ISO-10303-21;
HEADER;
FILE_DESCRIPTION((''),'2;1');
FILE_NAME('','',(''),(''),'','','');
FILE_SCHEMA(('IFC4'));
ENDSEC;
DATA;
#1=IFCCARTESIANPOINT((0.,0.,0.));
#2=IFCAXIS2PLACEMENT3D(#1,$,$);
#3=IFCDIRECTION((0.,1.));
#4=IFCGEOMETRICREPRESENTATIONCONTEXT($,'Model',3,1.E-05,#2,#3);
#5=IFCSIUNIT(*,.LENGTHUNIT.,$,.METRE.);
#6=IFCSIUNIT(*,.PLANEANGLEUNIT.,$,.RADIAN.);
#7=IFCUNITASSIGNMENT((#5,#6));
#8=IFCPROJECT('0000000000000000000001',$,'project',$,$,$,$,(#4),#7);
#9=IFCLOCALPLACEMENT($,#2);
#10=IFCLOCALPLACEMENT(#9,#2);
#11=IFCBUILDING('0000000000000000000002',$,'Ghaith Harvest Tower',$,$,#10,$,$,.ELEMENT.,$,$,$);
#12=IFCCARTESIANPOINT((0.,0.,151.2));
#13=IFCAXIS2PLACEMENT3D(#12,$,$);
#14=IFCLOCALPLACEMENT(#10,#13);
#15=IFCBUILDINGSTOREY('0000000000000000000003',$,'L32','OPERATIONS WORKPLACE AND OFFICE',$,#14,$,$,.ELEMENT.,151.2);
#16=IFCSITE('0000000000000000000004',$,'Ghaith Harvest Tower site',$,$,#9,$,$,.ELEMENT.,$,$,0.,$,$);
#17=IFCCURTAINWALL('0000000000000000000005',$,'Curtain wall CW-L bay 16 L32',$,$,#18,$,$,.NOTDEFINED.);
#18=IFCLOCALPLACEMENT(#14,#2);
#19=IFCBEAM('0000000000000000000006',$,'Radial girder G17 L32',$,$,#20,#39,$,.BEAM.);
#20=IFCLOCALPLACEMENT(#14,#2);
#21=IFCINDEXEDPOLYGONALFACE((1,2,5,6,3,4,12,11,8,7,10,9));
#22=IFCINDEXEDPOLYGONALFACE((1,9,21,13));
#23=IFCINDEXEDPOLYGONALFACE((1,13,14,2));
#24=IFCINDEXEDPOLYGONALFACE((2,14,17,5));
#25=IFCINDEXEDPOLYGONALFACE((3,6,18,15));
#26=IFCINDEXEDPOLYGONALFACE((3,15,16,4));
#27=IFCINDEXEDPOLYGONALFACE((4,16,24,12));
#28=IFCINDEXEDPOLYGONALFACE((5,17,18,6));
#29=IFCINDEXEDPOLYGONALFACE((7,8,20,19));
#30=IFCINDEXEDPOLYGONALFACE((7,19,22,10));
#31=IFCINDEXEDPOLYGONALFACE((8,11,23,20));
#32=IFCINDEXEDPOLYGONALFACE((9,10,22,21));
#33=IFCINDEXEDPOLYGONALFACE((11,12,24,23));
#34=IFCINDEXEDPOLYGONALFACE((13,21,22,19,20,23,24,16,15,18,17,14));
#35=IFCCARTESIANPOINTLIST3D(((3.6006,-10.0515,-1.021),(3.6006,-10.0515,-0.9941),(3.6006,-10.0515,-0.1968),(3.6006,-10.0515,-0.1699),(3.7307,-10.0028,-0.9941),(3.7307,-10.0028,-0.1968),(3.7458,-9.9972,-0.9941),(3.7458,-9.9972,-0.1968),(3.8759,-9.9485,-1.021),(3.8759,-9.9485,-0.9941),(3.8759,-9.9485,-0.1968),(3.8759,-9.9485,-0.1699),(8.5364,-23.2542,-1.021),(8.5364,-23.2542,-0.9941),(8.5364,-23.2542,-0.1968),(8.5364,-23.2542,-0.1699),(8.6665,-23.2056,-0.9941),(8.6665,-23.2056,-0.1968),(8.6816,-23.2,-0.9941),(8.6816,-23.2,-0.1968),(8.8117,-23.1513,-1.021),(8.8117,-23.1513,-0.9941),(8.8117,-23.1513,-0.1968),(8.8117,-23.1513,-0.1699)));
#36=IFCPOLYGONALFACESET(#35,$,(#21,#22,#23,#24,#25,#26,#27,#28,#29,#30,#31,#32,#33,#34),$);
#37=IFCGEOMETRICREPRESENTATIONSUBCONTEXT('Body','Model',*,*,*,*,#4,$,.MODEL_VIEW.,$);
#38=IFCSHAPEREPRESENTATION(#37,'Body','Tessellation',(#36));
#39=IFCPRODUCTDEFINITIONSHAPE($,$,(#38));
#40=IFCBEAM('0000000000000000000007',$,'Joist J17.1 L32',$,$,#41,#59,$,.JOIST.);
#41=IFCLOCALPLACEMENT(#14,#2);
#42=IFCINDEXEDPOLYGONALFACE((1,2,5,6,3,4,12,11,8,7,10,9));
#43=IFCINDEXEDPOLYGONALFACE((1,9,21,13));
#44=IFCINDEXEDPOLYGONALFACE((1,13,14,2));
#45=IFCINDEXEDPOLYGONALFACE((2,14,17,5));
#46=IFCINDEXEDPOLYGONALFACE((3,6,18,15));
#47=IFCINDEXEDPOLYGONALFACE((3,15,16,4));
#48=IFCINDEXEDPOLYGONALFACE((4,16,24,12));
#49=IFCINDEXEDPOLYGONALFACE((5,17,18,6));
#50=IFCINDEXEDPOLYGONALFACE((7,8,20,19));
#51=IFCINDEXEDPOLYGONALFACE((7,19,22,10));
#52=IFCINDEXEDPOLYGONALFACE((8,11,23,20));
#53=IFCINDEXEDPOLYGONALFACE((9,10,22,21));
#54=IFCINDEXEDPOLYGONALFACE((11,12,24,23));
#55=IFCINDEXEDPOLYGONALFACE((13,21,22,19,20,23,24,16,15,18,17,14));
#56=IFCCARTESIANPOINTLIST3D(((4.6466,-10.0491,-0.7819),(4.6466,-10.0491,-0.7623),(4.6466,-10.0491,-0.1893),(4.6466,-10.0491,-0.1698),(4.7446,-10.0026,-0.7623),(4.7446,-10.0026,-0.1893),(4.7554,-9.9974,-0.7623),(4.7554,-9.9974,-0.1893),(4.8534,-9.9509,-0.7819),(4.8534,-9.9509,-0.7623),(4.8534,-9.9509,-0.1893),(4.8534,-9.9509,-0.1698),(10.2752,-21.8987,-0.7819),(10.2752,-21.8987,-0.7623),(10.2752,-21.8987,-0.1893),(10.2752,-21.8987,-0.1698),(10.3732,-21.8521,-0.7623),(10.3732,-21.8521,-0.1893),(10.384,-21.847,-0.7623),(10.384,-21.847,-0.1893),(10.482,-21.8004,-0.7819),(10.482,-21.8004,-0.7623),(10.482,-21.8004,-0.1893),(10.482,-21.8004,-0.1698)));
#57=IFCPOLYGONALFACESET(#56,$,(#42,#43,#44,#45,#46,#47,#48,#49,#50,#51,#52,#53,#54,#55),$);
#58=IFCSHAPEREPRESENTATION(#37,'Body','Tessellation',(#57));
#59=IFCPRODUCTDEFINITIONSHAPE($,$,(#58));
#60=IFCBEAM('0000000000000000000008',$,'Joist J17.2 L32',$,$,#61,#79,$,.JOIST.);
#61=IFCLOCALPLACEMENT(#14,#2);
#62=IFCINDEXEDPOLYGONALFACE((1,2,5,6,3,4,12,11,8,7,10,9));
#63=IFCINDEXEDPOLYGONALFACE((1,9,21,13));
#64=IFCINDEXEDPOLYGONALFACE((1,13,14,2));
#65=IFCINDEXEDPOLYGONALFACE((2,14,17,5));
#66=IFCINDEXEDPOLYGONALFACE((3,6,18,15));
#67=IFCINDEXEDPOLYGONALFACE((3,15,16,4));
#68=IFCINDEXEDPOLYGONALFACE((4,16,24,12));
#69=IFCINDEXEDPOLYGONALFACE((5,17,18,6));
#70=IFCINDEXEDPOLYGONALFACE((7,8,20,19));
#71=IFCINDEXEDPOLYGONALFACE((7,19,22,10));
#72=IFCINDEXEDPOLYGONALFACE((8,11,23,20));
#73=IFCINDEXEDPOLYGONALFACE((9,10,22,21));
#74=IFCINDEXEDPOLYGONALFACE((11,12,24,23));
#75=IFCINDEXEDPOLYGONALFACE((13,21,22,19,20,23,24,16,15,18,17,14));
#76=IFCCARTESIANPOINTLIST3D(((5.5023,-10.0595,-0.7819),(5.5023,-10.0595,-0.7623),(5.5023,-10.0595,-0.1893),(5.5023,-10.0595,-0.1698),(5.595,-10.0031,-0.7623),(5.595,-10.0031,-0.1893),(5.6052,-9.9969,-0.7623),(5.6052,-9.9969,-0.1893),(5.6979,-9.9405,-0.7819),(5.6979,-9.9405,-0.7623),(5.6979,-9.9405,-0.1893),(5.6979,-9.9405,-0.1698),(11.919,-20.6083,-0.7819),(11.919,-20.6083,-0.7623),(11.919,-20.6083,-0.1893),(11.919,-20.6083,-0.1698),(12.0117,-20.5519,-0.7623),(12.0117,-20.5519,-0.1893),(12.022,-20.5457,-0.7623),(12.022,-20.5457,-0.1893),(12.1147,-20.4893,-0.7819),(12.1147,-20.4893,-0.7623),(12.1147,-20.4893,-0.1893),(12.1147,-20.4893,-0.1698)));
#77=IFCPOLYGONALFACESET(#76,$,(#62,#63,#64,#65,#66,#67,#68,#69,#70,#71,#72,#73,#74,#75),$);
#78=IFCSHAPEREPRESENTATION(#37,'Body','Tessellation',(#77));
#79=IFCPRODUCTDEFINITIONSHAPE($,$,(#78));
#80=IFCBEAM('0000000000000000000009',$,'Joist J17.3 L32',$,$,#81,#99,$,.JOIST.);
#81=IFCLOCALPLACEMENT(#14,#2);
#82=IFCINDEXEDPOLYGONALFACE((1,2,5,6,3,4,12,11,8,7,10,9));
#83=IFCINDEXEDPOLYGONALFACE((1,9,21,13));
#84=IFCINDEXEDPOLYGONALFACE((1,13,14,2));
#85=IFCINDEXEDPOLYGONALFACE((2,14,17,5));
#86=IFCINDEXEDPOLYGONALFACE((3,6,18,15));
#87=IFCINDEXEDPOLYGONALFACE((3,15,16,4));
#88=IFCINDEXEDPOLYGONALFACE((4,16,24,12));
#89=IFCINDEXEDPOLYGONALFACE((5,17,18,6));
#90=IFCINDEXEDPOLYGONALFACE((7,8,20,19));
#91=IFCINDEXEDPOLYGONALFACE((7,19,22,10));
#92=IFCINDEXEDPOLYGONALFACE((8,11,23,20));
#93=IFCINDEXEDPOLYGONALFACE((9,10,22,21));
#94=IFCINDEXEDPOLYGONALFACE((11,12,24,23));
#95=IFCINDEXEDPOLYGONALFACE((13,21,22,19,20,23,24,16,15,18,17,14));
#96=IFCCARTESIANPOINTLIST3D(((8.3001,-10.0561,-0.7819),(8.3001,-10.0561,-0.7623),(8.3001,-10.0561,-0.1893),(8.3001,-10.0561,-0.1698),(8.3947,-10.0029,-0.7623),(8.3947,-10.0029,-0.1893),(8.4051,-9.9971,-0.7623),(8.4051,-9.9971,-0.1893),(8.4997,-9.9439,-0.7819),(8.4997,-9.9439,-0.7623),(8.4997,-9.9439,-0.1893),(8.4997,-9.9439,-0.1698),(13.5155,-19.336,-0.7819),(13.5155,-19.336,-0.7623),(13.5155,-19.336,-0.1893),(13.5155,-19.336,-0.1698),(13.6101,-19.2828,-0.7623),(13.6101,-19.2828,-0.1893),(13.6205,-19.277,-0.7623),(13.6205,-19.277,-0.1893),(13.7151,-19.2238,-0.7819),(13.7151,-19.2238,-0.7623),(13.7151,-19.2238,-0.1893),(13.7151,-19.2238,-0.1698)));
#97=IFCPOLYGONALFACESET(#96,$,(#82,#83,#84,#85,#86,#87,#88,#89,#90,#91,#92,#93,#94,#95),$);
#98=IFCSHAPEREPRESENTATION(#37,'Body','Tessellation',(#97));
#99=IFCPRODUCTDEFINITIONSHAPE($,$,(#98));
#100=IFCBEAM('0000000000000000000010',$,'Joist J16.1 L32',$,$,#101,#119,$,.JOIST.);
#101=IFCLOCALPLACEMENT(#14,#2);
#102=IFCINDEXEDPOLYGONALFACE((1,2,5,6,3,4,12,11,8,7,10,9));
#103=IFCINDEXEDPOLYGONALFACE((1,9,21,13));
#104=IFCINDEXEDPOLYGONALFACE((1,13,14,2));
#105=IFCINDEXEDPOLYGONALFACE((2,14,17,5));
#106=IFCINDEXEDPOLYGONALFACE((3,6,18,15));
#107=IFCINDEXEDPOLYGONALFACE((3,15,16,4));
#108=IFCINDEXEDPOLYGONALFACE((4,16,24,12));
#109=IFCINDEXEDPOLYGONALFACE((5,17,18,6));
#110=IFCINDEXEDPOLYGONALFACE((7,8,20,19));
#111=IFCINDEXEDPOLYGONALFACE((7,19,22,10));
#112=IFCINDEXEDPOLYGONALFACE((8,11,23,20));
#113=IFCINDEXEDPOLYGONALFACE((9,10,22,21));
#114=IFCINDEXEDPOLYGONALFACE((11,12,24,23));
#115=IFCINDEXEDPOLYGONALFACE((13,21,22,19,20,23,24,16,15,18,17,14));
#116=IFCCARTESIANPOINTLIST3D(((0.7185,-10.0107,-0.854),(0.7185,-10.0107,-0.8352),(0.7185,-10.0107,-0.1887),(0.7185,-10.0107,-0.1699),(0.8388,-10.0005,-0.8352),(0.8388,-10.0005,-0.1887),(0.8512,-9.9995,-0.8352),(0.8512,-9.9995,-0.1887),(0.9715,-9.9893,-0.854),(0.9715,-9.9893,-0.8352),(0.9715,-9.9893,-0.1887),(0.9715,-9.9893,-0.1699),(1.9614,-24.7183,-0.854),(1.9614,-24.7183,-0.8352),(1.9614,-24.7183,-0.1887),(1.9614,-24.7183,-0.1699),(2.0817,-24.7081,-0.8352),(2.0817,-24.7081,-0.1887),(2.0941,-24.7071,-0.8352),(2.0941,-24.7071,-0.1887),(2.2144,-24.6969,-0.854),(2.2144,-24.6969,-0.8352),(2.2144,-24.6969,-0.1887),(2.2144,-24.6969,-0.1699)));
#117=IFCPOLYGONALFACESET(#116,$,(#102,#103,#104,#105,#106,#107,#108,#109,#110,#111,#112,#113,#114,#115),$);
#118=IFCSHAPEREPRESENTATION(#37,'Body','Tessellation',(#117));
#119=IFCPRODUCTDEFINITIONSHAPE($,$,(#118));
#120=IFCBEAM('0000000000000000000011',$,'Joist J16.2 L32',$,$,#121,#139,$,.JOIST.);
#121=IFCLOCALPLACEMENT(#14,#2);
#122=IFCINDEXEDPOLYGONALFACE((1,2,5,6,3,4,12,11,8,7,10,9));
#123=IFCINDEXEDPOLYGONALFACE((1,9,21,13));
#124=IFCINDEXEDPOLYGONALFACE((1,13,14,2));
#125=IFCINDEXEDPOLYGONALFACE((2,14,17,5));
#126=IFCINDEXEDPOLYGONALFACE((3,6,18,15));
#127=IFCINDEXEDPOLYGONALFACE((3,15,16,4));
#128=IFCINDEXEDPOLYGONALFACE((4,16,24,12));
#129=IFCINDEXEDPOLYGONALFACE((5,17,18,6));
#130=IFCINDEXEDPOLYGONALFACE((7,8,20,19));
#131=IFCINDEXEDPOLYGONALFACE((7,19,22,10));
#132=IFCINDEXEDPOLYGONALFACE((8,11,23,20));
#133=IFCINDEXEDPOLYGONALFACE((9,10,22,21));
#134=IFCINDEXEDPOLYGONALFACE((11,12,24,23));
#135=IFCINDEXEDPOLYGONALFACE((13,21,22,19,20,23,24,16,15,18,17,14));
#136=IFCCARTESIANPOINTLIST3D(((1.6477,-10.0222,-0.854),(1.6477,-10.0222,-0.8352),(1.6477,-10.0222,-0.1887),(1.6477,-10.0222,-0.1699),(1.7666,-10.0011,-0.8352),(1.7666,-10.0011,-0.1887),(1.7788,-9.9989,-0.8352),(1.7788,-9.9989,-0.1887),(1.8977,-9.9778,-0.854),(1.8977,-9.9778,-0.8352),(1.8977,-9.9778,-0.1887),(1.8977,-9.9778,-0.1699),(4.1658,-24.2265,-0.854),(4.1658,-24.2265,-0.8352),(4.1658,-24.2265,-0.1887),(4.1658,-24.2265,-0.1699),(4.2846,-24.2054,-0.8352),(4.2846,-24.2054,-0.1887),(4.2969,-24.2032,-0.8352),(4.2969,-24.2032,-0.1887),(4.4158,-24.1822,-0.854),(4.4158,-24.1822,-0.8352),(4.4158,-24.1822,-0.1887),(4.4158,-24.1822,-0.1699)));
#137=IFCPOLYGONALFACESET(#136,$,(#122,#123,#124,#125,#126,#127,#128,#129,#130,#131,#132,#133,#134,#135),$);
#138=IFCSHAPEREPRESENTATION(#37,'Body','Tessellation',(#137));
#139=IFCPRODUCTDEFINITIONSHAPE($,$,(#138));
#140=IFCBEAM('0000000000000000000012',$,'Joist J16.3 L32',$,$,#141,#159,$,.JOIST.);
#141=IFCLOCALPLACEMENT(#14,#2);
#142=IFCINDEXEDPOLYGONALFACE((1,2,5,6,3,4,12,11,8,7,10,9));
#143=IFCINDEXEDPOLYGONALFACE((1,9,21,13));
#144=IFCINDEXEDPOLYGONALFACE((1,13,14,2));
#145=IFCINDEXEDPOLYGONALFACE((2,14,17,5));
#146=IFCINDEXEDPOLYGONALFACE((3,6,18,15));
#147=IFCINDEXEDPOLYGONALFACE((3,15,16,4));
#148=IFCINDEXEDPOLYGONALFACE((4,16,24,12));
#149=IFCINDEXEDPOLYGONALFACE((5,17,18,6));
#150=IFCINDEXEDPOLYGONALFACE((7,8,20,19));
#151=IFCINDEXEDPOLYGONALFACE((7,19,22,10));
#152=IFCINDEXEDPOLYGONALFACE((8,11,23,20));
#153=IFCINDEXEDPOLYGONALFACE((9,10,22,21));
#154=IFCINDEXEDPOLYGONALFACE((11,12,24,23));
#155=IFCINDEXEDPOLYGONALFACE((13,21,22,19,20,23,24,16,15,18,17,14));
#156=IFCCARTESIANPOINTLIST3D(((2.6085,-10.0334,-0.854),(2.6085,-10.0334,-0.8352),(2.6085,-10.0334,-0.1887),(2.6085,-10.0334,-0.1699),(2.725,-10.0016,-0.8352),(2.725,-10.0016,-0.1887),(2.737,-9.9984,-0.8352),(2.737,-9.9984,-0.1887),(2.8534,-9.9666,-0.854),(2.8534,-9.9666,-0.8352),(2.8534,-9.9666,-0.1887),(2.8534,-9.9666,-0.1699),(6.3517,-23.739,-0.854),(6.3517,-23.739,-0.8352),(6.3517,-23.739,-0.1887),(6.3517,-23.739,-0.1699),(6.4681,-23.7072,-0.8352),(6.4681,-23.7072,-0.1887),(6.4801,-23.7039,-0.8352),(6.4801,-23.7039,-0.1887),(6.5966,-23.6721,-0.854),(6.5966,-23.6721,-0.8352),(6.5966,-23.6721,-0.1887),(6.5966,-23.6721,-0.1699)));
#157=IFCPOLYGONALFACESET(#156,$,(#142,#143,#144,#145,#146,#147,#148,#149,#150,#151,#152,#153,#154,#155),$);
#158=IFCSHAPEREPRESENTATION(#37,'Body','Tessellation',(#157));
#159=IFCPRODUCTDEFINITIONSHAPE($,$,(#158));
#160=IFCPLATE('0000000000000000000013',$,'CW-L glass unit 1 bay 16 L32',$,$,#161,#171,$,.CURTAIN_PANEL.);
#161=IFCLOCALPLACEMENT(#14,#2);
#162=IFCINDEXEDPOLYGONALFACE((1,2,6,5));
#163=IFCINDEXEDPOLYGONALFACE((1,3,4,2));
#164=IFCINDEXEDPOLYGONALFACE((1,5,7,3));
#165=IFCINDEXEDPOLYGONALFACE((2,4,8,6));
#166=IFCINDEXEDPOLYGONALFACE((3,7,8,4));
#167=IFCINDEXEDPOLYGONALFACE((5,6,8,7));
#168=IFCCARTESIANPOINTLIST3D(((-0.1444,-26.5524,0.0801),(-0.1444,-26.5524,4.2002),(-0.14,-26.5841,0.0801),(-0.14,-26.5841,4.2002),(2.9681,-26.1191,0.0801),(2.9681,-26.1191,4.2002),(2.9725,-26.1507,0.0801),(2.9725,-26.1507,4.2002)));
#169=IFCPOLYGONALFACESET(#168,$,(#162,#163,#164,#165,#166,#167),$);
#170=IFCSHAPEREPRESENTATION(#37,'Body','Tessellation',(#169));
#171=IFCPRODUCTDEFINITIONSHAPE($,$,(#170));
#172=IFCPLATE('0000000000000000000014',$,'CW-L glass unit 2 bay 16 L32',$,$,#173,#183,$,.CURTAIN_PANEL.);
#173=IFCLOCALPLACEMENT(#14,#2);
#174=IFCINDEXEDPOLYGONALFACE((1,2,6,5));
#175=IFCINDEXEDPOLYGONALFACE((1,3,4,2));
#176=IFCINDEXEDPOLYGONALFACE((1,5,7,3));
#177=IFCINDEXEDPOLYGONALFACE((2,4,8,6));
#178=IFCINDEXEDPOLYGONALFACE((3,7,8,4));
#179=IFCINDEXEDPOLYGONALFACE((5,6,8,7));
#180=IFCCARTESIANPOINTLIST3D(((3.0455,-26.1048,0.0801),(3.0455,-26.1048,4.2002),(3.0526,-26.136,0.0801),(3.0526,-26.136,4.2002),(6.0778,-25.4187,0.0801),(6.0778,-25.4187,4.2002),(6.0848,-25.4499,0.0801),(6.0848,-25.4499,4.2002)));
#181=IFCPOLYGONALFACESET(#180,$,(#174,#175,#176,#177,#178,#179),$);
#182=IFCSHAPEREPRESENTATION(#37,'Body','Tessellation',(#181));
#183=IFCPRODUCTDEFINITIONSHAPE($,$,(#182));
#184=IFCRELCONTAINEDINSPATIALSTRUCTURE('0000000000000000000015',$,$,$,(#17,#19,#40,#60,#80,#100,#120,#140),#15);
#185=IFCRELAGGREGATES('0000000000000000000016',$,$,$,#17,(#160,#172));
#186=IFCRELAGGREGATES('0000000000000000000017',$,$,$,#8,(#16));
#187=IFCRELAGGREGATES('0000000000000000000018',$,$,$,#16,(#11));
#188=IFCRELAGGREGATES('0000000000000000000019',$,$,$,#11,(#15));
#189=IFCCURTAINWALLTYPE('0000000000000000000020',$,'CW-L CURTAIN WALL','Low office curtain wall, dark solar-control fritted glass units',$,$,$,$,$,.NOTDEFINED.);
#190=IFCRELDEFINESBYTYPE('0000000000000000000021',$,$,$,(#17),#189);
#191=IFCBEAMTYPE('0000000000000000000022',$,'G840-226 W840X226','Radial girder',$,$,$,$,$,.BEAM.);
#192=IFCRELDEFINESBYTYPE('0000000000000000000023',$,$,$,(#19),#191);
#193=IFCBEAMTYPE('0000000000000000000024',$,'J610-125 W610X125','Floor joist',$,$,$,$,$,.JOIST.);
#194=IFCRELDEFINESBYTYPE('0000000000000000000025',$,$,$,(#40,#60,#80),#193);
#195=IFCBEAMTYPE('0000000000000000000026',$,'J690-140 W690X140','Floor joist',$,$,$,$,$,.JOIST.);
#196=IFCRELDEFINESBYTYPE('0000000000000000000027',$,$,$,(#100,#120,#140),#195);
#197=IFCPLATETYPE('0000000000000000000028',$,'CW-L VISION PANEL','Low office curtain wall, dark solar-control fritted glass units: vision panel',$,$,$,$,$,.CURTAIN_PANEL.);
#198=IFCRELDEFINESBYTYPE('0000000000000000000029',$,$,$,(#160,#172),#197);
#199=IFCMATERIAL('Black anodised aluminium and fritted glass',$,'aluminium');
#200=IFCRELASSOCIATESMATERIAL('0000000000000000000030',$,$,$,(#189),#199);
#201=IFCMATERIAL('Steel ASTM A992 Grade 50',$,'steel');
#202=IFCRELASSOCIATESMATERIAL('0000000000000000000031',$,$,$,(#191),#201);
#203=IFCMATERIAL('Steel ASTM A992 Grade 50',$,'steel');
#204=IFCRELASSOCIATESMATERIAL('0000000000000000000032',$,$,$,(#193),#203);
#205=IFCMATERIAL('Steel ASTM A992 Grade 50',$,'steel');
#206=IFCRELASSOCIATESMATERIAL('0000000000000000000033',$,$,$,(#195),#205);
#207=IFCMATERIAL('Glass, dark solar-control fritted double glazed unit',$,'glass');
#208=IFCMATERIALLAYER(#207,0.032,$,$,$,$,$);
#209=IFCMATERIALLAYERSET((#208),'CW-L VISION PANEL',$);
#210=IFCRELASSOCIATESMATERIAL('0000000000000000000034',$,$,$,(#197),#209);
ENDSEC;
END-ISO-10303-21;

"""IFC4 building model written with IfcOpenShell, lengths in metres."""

from ifc_helpers import new_model, si_unit, direction, frame, origin, origin_2d, place, context, subcontext, project, spatial, rectangle, i_section, extrude, material, layer, layer_set, material_profile, profile_set, type_object, element, aggregate, save


model = new_model("IFC4")

# Units and contexts
model_context = context("Model", 3, precision=1e-05, world=origin(), true_north=direction((0.0, 1.0)))
body_context = subcontext(model_context, "Body", "Model", "MODEL_VIEW")
ifc_project = project(units=[si_unit("LENGTHUNIT", "METRE"), si_unit("PLANEANGLEUNIT", "RADIAN")], contexts=[model_context])

# Site, building, storey
site_placement = place(None, origin())
site = spatial("IfcSite", under=ifc_project, at=site_placement, Name="Ghaith Harvest Tower site", CompositionType="ELEMENT", RefElevation=0.0)
building_placement = place(site_placement, origin())
building = spatial("IfcBuilding", under=site, at=building_placement, Name="Ghaith Harvest Tower", CompositionType="ELEMENT")
storey_placement = place(building_placement, frame((0.0, 0.0, 151.2)))
storey = spatial("IfcBuildingStorey", under=building, at=storey_placement, Name="L32", Description="OPERATIONS WORKPLACE AND OFFICE", CompositionType="ELEMENT", Elevation=151.2)

# Curtain wall
ifc_material_1 = material(Name="Black anodised aluminium and fritted glass", Category="aluminium")
curtain_wall_type = type_object("IfcCurtainWallType", Name="CW-L CURTAIN WALL", Description="Low office curtain wall, dark solar-control fritted glass units", PredefinedType="NOTDEFINED", material=ifc_material_1)
curtain_wall_1_placement = place(storey_placement, origin())
curtain_wall_1 = element("IfcCurtainWall", 1, at=curtain_wall_1_placement, inside=storey, type_object=curtain_wall_type, Name="Curtain wall CW-L bay 16 L32", PredefinedType="NOTDEFINED")

# Beams
ifc_material_2 = material(Name="Steel ASTM A992 Grade 50", Category="steel")
ifc_material_profile_1 = material_profile(ifc_material_2, i_section(OverallWidth=0.2939, OverallDepth=0.8511, WebThickness=0.0161, FlangeThickness=0.0269, at=origin_2d()), Name="W840X226")
ifc_profile_set_1 = profile_set([ifc_material_profile_1], Name="Steel ASTM A992 Grade 50")
beam_type_1 = type_object("IfcBeamType", Name="G840-226 W840X226", Description="Radial girder", PredefinedType="BEAM", material=ifc_profile_set_1)
beam_1_placement = place(storey_placement, frame((3.7383, -10.0, -0.5955), z_axis=(0.350172, -0.936685, 0.0), x_axis=(0.936685, 0.350172, 0.0)))
element("IfcBeam", 2, at=beam_1_placement, inside=storey, type_object=beam_type_1, Name="Radial girder G17 L32", PredefinedType="BEAM", context=body_context, shape_type="SweptSolid", body=[
    extrude(i_section(OverallWidth=0.2939, OverallDepth=0.8511, WebThickness=0.0161, FlangeThickness=0.0269, at=origin_2d()), origin(), (0.0, 0.0, 1.0), 14.0952),
])
ifc_material_3 = material(Name="Steel ASTM A992 Grade 50", Category="steel")
ifc_material_profile_2 = material_profile(ifc_material_3, i_section(OverallWidth=0.229, OverallDepth=0.6121, WebThickness=0.012, FlangeThickness=0.0195, at=origin_2d()), Name="W610X125")
ifc_profile_set_2 = profile_set([ifc_material_profile_2], Name="Steel ASTM A992 Grade 50")
beam_type_2 = type_object("IfcBeamType", Name="J610-125 W610X125", Description="Floor joist", PredefinedType="JOIST", material=ifc_profile_set_2)
beam_2_placement = place(storey_placement, frame((4.75, -10.0, -0.4758), z_axis=(0.429063, -0.903275, 0.0), x_axis=(0.903275, 0.429063, 0.0)))
element("IfcBeam", 3, at=beam_2_placement, inside=storey, type_object=beam_type_2, Name="Joist J17.1 L32", PredefinedType="JOIST", context=body_context, shape_type="SweptSolid", body=[
    extrude(i_section(OverallWidth=0.229, OverallDepth=0.6121, WebThickness=0.012, FlangeThickness=0.0195, at=origin_2d()), origin(), (0.0, 0.0, 1.0), 13.1184),
])
beam_3_placement = place(storey_placement, frame((5.6001, -10.0, -0.4758), z_axis=(0.519694, -0.854352, 0.0), x_axis=(0.854352, 0.519694, 0.0)))
element("IfcBeam", 4, at=beam_3_placement, inside=storey, type_object=beam_type_2, Name="Joist J17.2 L32", PredefinedType="JOIST", context=body_context, shape_type="SweptSolid", body=[
    extrude(i_section(OverallWidth=0.229, OverallDepth=0.6121, WebThickness=0.012, FlangeThickness=0.0195, at=origin_2d()), origin(), (0.0, 0.0, 1.0), 12.3472),
])
beam_4_placement = place(storey_placement, frame((8.3999, -10.0, -0.4758), z_axis=(0.489937, -0.871758, 0.0), x_axis=(0.871758, 0.489937, 0.0)))
element("IfcBeam", 5, at=beam_4_placement, inside=storey, type_object=beam_type_2, Name="Joist J17.3 L32", PredefinedType="JOIST", context=body_context, shape_type="SweptSolid", body=[
    extrude(i_section(OverallWidth=0.229, OverallDepth=0.6121, WebThickness=0.012, FlangeThickness=0.0195, at=origin_2d()), origin(), (0.0, 0.0, 1.0), 10.645),
])
ifc_material_4 = material(Name="Steel ASTM A992 Grade 50", Category="steel")
ifc_material_profile_3 = material_profile(ifc_material_4, i_section(OverallWidth=0.2539, OverallDepth=0.6841, WebThickness=0.0125, FlangeThickness=0.0188, at=origin_2d()), Name="W690X140")
ifc_profile_set_3 = profile_set([ifc_material_profile_3], Name="Steel ASTM A992 Grade 50")
beam_type_3 = type_object("IfcBeamType", Name="J690-140 W690X140", Description="Floor joist", PredefinedType="JOIST", material=ifc_profile_set_3)
beam_5_placement = place(storey_placement, frame((0.845, -10.0, -0.512), z_axis=(0.084209, -0.996448, 0.0), x_axis=(0.996448, 0.084209, 0.0)))
element("IfcBeam", 6, at=beam_5_placement, inside=storey, type_object=beam_type_3, Name="Joist J16.1 L32", PredefinedType="JOIST", context=body_context, shape_type="SweptSolid", body=[
    extrude(i_section(OverallWidth=0.2539, OverallDepth=0.6841, WebThickness=0.0125, FlangeThickness=0.0188, at=origin_2d()), origin(), (0.0, 0.0, 1.0), 14.76),
])
beam_6_placement = place(storey_placement, frame((1.7727, -10.0, -0.512), z_axis=(0.174553, -0.984648, 0.0), x_axis=(0.984648, 0.174553, 0.0)))
element("IfcBeam", 7, at=beam_6_placement, inside=storey, type_object=beam_type_3, Name="Joist J16.2 L32", PredefinedType="JOIST", context=body_context, shape_type="SweptSolid", body=[
    extrude(i_section(OverallWidth=0.2539, OverallDepth=0.6841, WebThickness=0.0125, FlangeThickness=0.0188, at=origin_2d()), origin(), (0.0, 0.0, 1.0), 14.4258),
])
beam_7_placement = place(storey_placement, frame((2.731, -10.0, -0.512), z_axis=(0.263463, -0.964669, 0.0), x_axis=(0.964669, 0.263463, 0.0)))
element("IfcBeam", 8, at=beam_7_placement, inside=storey, type_object=beam_type_3, Name="Joist J16.3 L32", PredefinedType="JOIST", context=body_context, shape_type="SweptSolid", body=[
    extrude(i_section(OverallWidth=0.2539, OverallDepth=0.6841, WebThickness=0.0125, FlangeThickness=0.0188, at=origin_2d()), origin(), (0.0, 0.0, 1.0), 14.2075),
])

# Plates
ifc_material_5 = material(Name="Glass, dark solar-control fritted double glazed unit", Category="glass")
ifc_layer_1 = layer(ifc_material_5, 0.032)
ifc_layer_set_1 = layer_set([ifc_layer_1], Name="CW-L VISION PANEL")
plate_type = type_object("IfcPlateType", Name="CW-L VISION PANEL", Description="Low office curtain wall, dark solar-control fritted glass units: vision panel", PredefinedType="CURTAIN_PANEL", material=ifc_layer_set_1)
plate_1_placement = place(storey_placement, frame((1.4141, -26.3516, 0.0801), z_axis=(0.0, 0.0, 1.0), x_axis=(0.990448, 0.137886, 0.0)))
plate_1 = element("IfcPlate", 9, at=plate_1_placement, type_object=plate_type, Name="CW-L glass unit 1 bay 16 L32", PredefinedType="CURTAIN_PANEL", context=body_context, shape_type="SweptSolid", body=[
    extrude(rectangle(XDim=3.1426, YDim=0.032, at=origin_2d()), origin(), (0.0, 0.0, 1.0), 4.1201),
])
plate_2_placement = place(storey_placement, frame((4.5652, -25.7773, 0.0801), z_axis=(0.0, 0.0, 1.0), x_axis=(0.975342, 0.2207, 0.0)))
plate_2 = element("IfcPlate", 10, at=plate_2_placement, type_object=plate_type, Name="CW-L glass unit 2 bay 16 L32", PredefinedType="CURTAIN_PANEL", context=body_context, shape_type="SweptSolid", body=[
    extrude(rectangle(XDim=3.1089, YDim=0.032, at=origin_2d()), origin(), (0.0, 0.0, 1.0), 4.1201),
])
aggregate(curtain_wall_1, [plate_1, plate_2])

save(model, "model.ifc")
